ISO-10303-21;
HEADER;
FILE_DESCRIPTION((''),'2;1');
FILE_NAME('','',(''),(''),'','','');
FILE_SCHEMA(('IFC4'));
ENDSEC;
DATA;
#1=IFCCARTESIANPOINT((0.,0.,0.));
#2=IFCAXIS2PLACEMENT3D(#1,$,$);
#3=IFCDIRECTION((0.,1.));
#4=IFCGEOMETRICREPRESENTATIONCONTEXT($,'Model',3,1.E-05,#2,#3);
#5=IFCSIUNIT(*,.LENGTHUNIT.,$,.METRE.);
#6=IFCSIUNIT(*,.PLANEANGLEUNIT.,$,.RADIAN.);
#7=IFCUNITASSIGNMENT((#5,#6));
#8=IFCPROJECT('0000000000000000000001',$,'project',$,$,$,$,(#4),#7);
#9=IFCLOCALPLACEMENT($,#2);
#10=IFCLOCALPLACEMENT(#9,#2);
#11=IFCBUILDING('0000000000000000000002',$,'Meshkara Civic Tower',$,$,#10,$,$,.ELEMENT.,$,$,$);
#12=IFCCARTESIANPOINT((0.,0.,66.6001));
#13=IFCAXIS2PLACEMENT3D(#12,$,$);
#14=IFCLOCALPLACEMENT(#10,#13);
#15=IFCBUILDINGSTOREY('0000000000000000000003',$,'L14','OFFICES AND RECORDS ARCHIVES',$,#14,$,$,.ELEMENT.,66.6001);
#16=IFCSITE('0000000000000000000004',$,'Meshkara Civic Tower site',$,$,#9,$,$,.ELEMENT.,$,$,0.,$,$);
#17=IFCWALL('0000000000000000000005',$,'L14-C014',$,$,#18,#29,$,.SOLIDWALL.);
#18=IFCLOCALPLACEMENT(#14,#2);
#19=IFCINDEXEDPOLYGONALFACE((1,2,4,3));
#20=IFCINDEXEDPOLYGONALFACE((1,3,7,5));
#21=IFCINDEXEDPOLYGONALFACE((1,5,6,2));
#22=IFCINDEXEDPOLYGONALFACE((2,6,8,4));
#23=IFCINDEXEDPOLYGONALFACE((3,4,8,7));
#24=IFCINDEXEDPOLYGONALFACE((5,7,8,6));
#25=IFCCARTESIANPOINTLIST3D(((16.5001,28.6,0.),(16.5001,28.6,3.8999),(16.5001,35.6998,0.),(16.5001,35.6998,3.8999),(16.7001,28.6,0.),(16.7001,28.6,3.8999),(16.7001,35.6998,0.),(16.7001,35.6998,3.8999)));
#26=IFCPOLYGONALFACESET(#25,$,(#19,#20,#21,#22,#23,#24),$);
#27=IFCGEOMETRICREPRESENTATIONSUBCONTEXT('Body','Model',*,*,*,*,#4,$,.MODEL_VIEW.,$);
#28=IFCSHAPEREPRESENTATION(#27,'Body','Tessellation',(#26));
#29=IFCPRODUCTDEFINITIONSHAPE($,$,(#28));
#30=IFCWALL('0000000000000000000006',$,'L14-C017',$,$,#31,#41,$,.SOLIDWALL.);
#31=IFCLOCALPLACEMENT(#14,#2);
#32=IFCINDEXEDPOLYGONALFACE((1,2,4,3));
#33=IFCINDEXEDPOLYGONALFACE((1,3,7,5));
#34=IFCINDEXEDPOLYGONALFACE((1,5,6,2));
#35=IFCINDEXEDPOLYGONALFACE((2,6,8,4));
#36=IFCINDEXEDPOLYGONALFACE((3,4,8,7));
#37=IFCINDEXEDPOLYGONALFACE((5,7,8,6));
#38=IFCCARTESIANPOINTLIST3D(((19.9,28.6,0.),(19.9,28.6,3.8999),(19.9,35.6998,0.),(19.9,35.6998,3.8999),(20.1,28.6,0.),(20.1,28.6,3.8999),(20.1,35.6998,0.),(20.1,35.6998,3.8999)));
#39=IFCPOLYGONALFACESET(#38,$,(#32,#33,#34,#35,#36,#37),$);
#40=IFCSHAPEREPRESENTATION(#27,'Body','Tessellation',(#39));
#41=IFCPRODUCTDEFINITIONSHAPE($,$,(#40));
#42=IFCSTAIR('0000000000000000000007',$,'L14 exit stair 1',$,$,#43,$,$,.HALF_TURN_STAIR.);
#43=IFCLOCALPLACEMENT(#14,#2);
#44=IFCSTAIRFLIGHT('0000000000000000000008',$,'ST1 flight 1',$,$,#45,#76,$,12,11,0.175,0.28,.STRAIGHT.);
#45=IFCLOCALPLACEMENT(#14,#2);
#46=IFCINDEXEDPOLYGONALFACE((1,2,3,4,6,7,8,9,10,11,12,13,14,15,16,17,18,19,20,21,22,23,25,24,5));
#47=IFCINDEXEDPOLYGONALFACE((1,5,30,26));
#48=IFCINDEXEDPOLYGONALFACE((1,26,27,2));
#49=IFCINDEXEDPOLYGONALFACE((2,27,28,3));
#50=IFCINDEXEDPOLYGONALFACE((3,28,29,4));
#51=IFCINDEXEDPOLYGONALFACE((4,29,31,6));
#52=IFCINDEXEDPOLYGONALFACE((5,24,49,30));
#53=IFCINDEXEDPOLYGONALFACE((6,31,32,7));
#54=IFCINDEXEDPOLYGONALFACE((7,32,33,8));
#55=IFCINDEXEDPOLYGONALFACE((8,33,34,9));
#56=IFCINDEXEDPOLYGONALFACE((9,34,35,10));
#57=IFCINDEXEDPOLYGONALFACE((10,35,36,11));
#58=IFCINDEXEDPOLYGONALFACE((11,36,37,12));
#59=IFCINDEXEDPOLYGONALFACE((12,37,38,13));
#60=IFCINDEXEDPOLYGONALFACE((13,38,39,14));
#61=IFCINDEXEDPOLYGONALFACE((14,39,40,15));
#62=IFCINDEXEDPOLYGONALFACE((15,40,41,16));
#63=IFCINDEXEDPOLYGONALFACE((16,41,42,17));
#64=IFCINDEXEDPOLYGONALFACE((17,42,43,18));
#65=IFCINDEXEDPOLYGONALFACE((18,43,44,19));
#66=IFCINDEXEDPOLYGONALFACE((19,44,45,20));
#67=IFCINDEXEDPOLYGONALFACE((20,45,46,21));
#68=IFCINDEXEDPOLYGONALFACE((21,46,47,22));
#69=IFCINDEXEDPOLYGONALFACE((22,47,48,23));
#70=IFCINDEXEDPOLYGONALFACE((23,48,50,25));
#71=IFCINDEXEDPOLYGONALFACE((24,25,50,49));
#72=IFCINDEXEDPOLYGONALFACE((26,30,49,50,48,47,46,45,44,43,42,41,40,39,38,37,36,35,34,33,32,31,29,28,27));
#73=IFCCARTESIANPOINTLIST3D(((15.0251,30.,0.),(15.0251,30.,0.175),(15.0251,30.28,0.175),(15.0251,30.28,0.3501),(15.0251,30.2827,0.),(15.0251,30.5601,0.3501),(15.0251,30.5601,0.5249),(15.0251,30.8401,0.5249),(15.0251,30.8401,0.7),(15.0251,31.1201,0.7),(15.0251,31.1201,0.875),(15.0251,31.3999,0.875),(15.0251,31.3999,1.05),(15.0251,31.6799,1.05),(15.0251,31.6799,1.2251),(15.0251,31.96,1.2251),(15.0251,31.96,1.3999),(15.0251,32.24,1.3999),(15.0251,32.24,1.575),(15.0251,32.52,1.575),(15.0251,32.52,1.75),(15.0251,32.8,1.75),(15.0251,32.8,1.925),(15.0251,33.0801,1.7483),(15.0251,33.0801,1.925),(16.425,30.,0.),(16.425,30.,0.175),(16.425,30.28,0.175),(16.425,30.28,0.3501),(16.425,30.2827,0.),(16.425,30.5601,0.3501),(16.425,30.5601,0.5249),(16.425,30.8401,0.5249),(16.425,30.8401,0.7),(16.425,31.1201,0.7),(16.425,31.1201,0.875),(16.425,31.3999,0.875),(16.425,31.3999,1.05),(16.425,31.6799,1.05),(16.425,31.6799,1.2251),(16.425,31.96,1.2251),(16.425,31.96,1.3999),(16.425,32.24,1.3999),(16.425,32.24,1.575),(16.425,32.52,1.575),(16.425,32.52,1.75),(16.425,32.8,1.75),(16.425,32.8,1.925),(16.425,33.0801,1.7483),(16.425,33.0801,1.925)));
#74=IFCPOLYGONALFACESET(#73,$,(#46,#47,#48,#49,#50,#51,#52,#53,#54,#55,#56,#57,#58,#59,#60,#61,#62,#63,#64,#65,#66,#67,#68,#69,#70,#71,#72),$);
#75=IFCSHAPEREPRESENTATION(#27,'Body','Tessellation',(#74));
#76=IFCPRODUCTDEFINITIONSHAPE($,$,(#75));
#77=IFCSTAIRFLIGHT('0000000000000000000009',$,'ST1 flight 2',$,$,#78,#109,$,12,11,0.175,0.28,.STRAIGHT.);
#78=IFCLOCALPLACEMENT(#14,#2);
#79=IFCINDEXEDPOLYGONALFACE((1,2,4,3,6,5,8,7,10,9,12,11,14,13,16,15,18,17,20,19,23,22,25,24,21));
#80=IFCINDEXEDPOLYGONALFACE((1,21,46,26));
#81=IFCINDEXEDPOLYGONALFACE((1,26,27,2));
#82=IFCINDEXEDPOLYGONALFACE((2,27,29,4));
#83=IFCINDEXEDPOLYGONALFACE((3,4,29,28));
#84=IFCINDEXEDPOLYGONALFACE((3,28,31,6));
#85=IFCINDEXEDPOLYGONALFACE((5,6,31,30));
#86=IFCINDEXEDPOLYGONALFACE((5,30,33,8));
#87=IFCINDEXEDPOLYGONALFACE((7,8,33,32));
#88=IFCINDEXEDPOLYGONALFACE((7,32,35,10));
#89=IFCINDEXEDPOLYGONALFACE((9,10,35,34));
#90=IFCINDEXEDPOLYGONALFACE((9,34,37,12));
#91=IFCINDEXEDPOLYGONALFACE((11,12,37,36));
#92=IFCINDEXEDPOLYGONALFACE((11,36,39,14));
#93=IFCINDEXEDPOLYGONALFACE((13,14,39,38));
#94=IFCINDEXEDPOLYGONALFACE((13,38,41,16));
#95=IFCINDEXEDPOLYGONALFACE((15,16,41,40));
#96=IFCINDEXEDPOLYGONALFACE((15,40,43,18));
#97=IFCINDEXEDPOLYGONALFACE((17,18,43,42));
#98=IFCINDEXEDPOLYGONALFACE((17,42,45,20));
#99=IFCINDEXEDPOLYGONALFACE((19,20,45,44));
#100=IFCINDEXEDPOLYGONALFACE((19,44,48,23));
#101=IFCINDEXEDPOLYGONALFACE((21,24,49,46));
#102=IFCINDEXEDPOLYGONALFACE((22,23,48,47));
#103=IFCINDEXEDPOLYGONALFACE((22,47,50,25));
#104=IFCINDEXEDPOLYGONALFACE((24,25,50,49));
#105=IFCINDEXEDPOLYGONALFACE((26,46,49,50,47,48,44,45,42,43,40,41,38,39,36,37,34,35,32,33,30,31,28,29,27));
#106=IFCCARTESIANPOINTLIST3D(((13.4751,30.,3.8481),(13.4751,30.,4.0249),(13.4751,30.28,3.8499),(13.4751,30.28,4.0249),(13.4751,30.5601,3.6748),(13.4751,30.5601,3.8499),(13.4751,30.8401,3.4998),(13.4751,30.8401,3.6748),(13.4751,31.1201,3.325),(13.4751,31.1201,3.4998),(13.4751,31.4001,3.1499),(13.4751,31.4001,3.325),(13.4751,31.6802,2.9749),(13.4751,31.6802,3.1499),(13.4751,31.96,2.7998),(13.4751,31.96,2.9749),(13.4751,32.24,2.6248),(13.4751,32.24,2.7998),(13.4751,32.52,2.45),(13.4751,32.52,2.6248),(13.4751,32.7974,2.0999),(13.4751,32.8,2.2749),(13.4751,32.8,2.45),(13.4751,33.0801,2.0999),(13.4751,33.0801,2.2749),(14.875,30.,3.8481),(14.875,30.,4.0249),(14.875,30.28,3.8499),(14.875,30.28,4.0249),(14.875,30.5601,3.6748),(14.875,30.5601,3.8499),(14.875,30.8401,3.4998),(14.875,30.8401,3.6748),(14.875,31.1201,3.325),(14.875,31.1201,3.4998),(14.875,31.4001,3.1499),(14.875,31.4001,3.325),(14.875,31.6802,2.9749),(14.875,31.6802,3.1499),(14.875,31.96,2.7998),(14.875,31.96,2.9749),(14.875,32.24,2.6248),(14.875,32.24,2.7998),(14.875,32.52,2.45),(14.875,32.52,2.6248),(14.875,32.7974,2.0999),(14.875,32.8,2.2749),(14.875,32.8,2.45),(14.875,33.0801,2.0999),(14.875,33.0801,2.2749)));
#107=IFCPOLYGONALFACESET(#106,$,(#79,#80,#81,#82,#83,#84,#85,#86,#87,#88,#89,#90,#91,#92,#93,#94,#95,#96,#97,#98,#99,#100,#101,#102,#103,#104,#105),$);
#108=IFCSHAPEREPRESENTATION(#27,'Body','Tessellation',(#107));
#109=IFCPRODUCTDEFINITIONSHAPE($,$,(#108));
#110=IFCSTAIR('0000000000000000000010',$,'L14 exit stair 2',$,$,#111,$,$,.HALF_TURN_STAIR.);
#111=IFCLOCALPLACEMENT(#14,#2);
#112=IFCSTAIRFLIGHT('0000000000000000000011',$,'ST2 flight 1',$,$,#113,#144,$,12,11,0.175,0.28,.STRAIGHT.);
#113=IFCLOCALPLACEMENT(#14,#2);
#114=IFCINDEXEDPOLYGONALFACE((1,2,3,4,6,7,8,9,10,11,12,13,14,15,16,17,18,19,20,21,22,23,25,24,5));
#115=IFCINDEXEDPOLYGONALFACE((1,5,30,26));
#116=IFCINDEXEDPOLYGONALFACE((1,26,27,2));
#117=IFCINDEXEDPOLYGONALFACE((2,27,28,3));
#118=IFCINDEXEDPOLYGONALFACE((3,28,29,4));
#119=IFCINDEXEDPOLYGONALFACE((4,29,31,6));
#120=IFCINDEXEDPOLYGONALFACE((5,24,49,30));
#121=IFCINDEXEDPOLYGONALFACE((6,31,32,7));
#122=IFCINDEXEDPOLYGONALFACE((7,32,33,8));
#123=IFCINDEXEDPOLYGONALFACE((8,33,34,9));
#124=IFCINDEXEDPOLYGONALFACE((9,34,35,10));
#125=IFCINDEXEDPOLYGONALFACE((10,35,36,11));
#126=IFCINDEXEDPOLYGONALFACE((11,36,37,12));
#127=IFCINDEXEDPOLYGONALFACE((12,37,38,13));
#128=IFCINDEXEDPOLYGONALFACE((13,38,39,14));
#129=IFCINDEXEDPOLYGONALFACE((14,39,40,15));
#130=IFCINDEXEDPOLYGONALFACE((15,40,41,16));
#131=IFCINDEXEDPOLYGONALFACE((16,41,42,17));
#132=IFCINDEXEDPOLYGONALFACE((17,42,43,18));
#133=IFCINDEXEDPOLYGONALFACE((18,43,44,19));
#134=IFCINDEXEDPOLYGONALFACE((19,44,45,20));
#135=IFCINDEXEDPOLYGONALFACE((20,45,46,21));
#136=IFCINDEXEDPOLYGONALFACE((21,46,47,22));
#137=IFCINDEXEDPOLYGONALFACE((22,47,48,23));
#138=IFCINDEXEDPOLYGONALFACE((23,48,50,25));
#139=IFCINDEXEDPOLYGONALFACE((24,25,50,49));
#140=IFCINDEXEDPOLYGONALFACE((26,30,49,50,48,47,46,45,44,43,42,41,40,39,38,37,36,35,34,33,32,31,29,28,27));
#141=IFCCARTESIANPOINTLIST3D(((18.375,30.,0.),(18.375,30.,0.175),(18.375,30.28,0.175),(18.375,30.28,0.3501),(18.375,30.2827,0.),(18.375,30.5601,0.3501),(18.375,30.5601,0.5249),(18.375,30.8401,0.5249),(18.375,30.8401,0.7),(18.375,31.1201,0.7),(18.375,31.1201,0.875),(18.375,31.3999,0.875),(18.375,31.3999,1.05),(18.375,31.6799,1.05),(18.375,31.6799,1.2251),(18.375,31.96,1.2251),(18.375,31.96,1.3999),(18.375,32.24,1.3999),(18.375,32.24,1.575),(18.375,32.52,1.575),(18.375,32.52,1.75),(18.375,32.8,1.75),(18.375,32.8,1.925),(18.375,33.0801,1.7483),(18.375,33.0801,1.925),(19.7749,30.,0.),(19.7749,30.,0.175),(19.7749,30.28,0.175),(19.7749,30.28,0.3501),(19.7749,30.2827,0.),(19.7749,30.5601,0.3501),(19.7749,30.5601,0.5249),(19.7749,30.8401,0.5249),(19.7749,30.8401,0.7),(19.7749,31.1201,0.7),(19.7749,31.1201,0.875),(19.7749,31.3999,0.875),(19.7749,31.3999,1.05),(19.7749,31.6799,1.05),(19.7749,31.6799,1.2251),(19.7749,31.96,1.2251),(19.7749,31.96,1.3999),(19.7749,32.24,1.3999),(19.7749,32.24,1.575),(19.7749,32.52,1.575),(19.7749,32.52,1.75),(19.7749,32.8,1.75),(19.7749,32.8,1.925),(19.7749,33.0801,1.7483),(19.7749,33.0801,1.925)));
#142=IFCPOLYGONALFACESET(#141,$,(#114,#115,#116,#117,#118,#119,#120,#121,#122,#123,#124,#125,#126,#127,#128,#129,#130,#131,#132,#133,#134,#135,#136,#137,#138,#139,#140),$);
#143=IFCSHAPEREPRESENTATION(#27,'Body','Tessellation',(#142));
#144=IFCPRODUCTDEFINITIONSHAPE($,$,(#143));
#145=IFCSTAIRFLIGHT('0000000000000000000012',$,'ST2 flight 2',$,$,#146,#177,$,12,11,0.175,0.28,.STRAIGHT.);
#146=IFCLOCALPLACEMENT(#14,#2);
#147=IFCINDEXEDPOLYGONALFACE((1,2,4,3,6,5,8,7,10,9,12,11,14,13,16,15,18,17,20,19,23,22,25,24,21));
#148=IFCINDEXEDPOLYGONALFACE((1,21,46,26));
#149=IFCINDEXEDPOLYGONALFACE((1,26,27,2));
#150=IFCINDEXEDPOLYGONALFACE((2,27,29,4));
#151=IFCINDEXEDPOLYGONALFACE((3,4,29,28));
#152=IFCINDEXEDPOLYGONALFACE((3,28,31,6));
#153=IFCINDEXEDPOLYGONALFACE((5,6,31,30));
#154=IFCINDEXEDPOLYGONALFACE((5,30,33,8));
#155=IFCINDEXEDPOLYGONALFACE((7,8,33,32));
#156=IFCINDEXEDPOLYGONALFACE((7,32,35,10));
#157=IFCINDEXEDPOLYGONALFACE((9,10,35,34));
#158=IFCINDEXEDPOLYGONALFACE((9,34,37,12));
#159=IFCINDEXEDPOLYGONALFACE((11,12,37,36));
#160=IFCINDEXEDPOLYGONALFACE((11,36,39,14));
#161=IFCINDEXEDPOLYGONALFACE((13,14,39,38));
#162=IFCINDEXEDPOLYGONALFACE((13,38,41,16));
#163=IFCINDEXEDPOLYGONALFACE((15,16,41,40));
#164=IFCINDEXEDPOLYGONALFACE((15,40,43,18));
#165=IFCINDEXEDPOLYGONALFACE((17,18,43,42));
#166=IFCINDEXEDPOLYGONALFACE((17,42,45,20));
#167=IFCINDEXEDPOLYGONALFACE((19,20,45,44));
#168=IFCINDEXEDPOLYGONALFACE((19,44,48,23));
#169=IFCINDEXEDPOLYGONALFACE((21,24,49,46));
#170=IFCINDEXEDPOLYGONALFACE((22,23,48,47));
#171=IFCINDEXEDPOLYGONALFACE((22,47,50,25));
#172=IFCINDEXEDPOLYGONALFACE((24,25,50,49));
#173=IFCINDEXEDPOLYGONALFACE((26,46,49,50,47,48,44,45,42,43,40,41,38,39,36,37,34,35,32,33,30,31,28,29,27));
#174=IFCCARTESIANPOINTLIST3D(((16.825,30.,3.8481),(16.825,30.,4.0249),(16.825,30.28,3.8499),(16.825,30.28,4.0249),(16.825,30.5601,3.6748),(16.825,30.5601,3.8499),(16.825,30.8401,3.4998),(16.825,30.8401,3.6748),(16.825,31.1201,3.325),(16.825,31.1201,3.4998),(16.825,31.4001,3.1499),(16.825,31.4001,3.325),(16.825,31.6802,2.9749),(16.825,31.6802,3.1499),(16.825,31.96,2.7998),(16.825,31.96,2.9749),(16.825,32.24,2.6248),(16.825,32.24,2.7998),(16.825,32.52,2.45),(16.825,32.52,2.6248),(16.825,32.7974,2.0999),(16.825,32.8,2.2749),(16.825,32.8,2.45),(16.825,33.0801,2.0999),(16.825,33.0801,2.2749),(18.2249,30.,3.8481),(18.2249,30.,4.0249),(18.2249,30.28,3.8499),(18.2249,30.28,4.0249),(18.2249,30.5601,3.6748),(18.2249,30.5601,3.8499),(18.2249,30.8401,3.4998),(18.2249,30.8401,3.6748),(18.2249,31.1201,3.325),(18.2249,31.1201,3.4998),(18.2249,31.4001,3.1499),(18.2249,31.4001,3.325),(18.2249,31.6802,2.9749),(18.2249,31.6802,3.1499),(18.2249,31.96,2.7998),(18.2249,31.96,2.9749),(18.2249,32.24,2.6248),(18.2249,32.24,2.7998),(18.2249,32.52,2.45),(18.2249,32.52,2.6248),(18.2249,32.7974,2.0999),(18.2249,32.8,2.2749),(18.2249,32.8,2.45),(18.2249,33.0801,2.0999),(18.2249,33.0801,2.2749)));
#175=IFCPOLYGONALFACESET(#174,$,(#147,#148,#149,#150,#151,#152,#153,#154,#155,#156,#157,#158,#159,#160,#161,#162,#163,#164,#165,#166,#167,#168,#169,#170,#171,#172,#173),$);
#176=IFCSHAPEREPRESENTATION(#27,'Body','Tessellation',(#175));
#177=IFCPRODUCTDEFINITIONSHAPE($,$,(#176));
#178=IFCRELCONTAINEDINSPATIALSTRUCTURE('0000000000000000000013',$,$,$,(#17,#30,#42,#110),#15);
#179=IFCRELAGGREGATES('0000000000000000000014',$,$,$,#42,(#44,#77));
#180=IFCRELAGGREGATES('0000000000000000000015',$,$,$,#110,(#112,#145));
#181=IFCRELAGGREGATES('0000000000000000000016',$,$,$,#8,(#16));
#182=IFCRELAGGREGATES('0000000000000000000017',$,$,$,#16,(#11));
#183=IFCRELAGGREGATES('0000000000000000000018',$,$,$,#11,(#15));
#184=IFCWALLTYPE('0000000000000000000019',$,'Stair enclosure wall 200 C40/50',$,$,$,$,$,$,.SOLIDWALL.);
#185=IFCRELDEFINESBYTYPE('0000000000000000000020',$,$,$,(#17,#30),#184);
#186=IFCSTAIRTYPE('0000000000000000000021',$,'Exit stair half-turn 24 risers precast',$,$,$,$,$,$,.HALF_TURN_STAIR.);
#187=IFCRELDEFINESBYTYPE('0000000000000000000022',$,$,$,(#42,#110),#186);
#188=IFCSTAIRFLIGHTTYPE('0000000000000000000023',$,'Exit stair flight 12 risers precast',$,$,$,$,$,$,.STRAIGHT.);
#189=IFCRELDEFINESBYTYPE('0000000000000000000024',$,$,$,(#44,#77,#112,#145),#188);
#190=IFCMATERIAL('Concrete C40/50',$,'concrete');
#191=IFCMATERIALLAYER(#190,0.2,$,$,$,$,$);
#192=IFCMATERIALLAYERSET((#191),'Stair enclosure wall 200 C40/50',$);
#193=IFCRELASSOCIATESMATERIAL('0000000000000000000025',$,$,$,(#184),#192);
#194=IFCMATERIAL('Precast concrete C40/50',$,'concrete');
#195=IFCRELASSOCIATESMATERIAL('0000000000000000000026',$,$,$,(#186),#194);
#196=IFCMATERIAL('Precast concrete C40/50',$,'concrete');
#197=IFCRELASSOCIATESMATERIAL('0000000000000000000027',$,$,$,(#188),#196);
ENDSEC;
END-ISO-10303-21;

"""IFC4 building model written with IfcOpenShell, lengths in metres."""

from ifc_helpers import new_model, si_unit, direction, frame, frame_2d, origin, place, context, subcontext, project, spatial, polyline, rectangle, outline, extrude, material, layer, layer_set, type_object, element, aggregate, save


model = new_model("IFC4")

# Units and contexts
model_context = context("Model", 3, precision=1e-05, world=origin(), true_north=direction((0.0, 1.0)))
body_context = subcontext(model_context, "Body", "Model", "MODEL_VIEW")
ifc_project = project(units=[si_unit("LENGTHUNIT", "METRE"), si_unit("PLANEANGLEUNIT", "RADIAN")], contexts=[model_context])

# Site, building, storey
site_placement = place(None, origin())
site = spatial("IfcSite", under=ifc_project, at=site_placement, Name="Meshkara Civic Tower site", CompositionType="ELEMENT", RefElevation=0.0)
building_placement = place(site_placement, origin())
building = spatial("IfcBuilding", under=site, at=building_placement, Name="Meshkara Civic Tower", CompositionType="ELEMENT")
storey_placement = place(building_placement, frame((0.0, 0.0, 66.6001)))
storey = spatial("IfcBuildingStorey", under=building, at=storey_placement, Name="L14", Description="OFFICES AND RECORDS ARCHIVES", CompositionType="ELEMENT", Elevation=66.6001)

# Walls
ifc_material_1 = material(Name="Concrete C40/50", Category="concrete")
ifc_layer_1 = layer(ifc_material_1, 0.2)
ifc_layer_set_1 = layer_set([ifc_layer_1], Name="Stair enclosure wall 200 C40/50")
wall_type_1 = type_object("IfcWallType", Name="Stair enclosure wall 200 C40/50", PredefinedType="SOLIDWALL", material=ifc_layer_set_1)
for number, where, z_axis, x_axis, name in (
    (1, (16.6001, 28.6001, 0.0), (0.0, 0.0, 1.0), (0.0, 1.0, 0.0), "L14-C014"),
    (2, (20.0, 28.6001, 0.0), (0.0, 0.0, 1.0), (0.0, 1.0, 0.0), "L14-C017"),
):
    element("IfcWall", number, at=place(storey_placement, frame(where, z_axis=z_axis, x_axis=x_axis)), inside=storey, type_object=wall_type_1, Name=name, PredefinedType="SOLIDWALL", context=body_context, shape_type="SweptSolid", body=[
        extrude(rectangle(XDim=7.0999, YDim=0.2, at=frame_2d((3.5498, 0.0))), origin(), (0.0, 0.0, 1.0), 3.8999),
    ])

# Stairs, stair flights
ifc_material_2 = material(Name="Precast concrete C40/50", Category="concrete")
stair_type = type_object("IfcStairType", Name="Exit stair half-turn 24 risers precast", PredefinedType="HALF_TURN_STAIR", material=ifc_material_2)
stair_1_placement = place(storey_placement, origin())
stair_1 = element("IfcStair", 3, at=stair_1_placement, inside=storey, type_object=stair_type, Name="L14 exit stair 1", PredefinedType="HALF_TURN_STAIR")
ifc_material_3 = material(Name="Precast concrete C40/50", Category="concrete")
stair_flight_type = type_object("IfcStairFlightType", Name="Exit stair flight 12 risers precast", PredefinedType="STRAIGHT", material=ifc_material_3)
stair_flight_1_placement = place(storey_placement, frame((15.7251, 30.0, 0.0), z_axis=(0.0, 0.0, 1.0), x_axis=(0.0, 1.0, 0.0)))
stair_flight_1 = element("IfcStairFlight", 4, at=stair_flight_1_placement, type_object=stair_flight_type, Name="ST1 flight 1", NumberOfRisers=12, NumberOfTreads=11, PredefinedType="STRAIGHT", RiserHeight=0.175, TreadLength=0.28, context=body_context, shape_type="SweptSolid", body=[
    extrude(outline(polyline([(0.0, 0.0), (0.0, 0.175), (0.28, 0.175), (0.28, 0.3501), (0.5601, 0.3501), (0.5601, 0.5249), (0.8401, 0.5249), (0.8401, 0.7), (1.1201, 0.7), (1.1201, 0.875), (1.3999, 0.875), (1.3999, 1.05), (1.6799, 1.05), (1.6799, 1.2251), (1.96, 1.2251), (1.96, 1.3999), (2.24, 1.3999), (2.24, 1.575), (2.52, 1.575), (2.52, 1.75), (2.8, 1.75), (2.8, 1.925), (3.0801, 1.925), (3.0801, 2.1001), (3.0801, 1.7483), (0.2827, 0.0), (0.0, 0.0)])), frame((0.0, 0.7, 0.0), z_axis=(0.0, -1.0, 0.0), x_axis=(1.0, 0.0, 0.0)), (0.0, 0.0, 1.0), 1.3999),
])
stair_flight_2_placement = place(storey_placement, frame((14.175, 33.0801, 2.0999), z_axis=(0.0, 0.0, 1.0), x_axis=(0.0, -1.0, 0.0)))
stair_flight_2 = element("IfcStairFlight", 5, at=stair_flight_2_placement, type_object=stair_flight_type, Name="ST1 flight 2", NumberOfRisers=12, NumberOfTreads=11, PredefinedType="STRAIGHT", RiserHeight=0.175, TreadLength=0.28, context=body_context, shape_type="SweptSolid", body=[
    extrude(outline(polyline([(0.0, 0.0), (0.0, 0.175), (0.28, 0.175), (0.28, 0.3501), (0.5601, 0.3501), (0.5601, 0.5249), (0.8401, 0.5249), (0.8401, 0.7), (1.1201, 0.7), (1.1201, 0.875), (1.3999, 0.875), (1.3999, 1.05), (1.6799, 1.05), (1.6799, 1.2251), (1.96, 1.2251), (1.96, 1.3999), (2.24, 1.3999), (2.24, 1.575), (2.52, 1.575), (2.52, 1.75), (2.8, 1.75), (2.8, 1.925), (3.0801, 1.925), (3.0801, 2.1001), (3.0801, 1.7483), (0.2827, 0.0), (0.0, 0.0)])), frame((0.0, 0.7, 0.0), z_axis=(0.0, -1.0, 0.0), x_axis=(1.0, 0.0, 0.0)), (0.0, 0.0, 1.0), 1.3999),
])
aggregate(stair_1, [stair_flight_1, stair_flight_2])
stair_2_placement = place(storey_placement, origin())
stair_2 = element("IfcStair", 6, at=stair_2_placement, inside=storey, type_object=stair_type, Name="L14 exit stair 2", PredefinedType="HALF_TURN_STAIR")
stair_flight_3_placement = place(storey_placement, frame((19.075, 30.0, 0.0), z_axis=(0.0, 0.0, 1.0), x_axis=(0.0, 1.0, 0.0)))
stair_flight_3 = element("IfcStairFlight", 7, at=stair_flight_3_placement, type_object=stair_flight_type, Name="ST2 flight 1", NumberOfRisers=12, NumberOfTreads=11, PredefinedType="STRAIGHT", RiserHeight=0.175, TreadLength=0.28, context=body_context, shape_type="SweptSolid", body=[
    extrude(outline(polyline([(0.0, 0.0), (0.0, 0.175), (0.28, 0.175), (0.28, 0.3501), (0.5601, 0.3501), (0.5601, 0.5249), (0.8401, 0.5249), (0.8401, 0.7), (1.1201, 0.7), (1.1201, 0.875), (1.3999, 0.875), (1.3999, 1.05), (1.6799, 1.05), (1.6799, 1.2251), (1.96, 1.2251), (1.96, 1.3999), (2.24, 1.3999), (2.24, 1.575), (2.52, 1.575), (2.52, 1.75), (2.8, 1.75), (2.8, 1.925), (3.0801, 1.925), (3.0801, 2.1001), (3.0801, 1.7483), (0.2827, 0.0), (0.0, 0.0)])), frame((0.0, 0.7, 0.0), z_axis=(0.0, -1.0, 0.0), x_axis=(1.0, 0.0, 0.0)), (0.0, 0.0, 1.0), 1.3999),
])
stair_flight_4_placement = place(storey_placement, frame((17.5249, 33.0801, 2.0999), z_axis=(0.0, 0.0, 1.0), x_axis=(0.0, -1.0, 0.0)))
stair_flight_4 = element("IfcStairFlight", 8, at=stair_flight_4_placement, type_object=stair_flight_type, Name="ST2 flight 2", NumberOfRisers=12, NumberOfTreads=11, PredefinedType="STRAIGHT", RiserHeight=0.175, TreadLength=0.28, context=body_context, shape_type="SweptSolid", body=[
    extrude(outline(polyline([(0.0, 0.0), (0.0, 0.175), (0.28, 0.175), (0.28, 0.3501), (0.5601, 0.3501), (0.5601, 0.5249), (0.8401, 0.5249), (0.8401, 0.7), (1.1201, 0.7), (1.1201, 0.875), (1.3999, 0.875), (1.3999, 1.05), (1.6799, 1.05), (1.6799, 1.2251), (1.96, 1.2251), (1.96, 1.3999), (2.24, 1.3999), (2.24, 1.575), (2.52, 1.575), (2.52, 1.75), (2.8, 1.75), (2.8, 1.925), (3.0801, 1.925), (3.0801, 2.1001), (3.0801, 1.7483), (0.2827, 0.0), (0.0, 0.0)])), frame((0.0, 0.7, 0.0), z_axis=(0.0, -1.0, 0.0), x_axis=(1.0, 0.0, 0.0)), (0.0, 0.0, 1.0), 1.3999),
])
aggregate(stair_2, [stair_flight_3, stair_flight_4])

save(model, "model.ifc")
